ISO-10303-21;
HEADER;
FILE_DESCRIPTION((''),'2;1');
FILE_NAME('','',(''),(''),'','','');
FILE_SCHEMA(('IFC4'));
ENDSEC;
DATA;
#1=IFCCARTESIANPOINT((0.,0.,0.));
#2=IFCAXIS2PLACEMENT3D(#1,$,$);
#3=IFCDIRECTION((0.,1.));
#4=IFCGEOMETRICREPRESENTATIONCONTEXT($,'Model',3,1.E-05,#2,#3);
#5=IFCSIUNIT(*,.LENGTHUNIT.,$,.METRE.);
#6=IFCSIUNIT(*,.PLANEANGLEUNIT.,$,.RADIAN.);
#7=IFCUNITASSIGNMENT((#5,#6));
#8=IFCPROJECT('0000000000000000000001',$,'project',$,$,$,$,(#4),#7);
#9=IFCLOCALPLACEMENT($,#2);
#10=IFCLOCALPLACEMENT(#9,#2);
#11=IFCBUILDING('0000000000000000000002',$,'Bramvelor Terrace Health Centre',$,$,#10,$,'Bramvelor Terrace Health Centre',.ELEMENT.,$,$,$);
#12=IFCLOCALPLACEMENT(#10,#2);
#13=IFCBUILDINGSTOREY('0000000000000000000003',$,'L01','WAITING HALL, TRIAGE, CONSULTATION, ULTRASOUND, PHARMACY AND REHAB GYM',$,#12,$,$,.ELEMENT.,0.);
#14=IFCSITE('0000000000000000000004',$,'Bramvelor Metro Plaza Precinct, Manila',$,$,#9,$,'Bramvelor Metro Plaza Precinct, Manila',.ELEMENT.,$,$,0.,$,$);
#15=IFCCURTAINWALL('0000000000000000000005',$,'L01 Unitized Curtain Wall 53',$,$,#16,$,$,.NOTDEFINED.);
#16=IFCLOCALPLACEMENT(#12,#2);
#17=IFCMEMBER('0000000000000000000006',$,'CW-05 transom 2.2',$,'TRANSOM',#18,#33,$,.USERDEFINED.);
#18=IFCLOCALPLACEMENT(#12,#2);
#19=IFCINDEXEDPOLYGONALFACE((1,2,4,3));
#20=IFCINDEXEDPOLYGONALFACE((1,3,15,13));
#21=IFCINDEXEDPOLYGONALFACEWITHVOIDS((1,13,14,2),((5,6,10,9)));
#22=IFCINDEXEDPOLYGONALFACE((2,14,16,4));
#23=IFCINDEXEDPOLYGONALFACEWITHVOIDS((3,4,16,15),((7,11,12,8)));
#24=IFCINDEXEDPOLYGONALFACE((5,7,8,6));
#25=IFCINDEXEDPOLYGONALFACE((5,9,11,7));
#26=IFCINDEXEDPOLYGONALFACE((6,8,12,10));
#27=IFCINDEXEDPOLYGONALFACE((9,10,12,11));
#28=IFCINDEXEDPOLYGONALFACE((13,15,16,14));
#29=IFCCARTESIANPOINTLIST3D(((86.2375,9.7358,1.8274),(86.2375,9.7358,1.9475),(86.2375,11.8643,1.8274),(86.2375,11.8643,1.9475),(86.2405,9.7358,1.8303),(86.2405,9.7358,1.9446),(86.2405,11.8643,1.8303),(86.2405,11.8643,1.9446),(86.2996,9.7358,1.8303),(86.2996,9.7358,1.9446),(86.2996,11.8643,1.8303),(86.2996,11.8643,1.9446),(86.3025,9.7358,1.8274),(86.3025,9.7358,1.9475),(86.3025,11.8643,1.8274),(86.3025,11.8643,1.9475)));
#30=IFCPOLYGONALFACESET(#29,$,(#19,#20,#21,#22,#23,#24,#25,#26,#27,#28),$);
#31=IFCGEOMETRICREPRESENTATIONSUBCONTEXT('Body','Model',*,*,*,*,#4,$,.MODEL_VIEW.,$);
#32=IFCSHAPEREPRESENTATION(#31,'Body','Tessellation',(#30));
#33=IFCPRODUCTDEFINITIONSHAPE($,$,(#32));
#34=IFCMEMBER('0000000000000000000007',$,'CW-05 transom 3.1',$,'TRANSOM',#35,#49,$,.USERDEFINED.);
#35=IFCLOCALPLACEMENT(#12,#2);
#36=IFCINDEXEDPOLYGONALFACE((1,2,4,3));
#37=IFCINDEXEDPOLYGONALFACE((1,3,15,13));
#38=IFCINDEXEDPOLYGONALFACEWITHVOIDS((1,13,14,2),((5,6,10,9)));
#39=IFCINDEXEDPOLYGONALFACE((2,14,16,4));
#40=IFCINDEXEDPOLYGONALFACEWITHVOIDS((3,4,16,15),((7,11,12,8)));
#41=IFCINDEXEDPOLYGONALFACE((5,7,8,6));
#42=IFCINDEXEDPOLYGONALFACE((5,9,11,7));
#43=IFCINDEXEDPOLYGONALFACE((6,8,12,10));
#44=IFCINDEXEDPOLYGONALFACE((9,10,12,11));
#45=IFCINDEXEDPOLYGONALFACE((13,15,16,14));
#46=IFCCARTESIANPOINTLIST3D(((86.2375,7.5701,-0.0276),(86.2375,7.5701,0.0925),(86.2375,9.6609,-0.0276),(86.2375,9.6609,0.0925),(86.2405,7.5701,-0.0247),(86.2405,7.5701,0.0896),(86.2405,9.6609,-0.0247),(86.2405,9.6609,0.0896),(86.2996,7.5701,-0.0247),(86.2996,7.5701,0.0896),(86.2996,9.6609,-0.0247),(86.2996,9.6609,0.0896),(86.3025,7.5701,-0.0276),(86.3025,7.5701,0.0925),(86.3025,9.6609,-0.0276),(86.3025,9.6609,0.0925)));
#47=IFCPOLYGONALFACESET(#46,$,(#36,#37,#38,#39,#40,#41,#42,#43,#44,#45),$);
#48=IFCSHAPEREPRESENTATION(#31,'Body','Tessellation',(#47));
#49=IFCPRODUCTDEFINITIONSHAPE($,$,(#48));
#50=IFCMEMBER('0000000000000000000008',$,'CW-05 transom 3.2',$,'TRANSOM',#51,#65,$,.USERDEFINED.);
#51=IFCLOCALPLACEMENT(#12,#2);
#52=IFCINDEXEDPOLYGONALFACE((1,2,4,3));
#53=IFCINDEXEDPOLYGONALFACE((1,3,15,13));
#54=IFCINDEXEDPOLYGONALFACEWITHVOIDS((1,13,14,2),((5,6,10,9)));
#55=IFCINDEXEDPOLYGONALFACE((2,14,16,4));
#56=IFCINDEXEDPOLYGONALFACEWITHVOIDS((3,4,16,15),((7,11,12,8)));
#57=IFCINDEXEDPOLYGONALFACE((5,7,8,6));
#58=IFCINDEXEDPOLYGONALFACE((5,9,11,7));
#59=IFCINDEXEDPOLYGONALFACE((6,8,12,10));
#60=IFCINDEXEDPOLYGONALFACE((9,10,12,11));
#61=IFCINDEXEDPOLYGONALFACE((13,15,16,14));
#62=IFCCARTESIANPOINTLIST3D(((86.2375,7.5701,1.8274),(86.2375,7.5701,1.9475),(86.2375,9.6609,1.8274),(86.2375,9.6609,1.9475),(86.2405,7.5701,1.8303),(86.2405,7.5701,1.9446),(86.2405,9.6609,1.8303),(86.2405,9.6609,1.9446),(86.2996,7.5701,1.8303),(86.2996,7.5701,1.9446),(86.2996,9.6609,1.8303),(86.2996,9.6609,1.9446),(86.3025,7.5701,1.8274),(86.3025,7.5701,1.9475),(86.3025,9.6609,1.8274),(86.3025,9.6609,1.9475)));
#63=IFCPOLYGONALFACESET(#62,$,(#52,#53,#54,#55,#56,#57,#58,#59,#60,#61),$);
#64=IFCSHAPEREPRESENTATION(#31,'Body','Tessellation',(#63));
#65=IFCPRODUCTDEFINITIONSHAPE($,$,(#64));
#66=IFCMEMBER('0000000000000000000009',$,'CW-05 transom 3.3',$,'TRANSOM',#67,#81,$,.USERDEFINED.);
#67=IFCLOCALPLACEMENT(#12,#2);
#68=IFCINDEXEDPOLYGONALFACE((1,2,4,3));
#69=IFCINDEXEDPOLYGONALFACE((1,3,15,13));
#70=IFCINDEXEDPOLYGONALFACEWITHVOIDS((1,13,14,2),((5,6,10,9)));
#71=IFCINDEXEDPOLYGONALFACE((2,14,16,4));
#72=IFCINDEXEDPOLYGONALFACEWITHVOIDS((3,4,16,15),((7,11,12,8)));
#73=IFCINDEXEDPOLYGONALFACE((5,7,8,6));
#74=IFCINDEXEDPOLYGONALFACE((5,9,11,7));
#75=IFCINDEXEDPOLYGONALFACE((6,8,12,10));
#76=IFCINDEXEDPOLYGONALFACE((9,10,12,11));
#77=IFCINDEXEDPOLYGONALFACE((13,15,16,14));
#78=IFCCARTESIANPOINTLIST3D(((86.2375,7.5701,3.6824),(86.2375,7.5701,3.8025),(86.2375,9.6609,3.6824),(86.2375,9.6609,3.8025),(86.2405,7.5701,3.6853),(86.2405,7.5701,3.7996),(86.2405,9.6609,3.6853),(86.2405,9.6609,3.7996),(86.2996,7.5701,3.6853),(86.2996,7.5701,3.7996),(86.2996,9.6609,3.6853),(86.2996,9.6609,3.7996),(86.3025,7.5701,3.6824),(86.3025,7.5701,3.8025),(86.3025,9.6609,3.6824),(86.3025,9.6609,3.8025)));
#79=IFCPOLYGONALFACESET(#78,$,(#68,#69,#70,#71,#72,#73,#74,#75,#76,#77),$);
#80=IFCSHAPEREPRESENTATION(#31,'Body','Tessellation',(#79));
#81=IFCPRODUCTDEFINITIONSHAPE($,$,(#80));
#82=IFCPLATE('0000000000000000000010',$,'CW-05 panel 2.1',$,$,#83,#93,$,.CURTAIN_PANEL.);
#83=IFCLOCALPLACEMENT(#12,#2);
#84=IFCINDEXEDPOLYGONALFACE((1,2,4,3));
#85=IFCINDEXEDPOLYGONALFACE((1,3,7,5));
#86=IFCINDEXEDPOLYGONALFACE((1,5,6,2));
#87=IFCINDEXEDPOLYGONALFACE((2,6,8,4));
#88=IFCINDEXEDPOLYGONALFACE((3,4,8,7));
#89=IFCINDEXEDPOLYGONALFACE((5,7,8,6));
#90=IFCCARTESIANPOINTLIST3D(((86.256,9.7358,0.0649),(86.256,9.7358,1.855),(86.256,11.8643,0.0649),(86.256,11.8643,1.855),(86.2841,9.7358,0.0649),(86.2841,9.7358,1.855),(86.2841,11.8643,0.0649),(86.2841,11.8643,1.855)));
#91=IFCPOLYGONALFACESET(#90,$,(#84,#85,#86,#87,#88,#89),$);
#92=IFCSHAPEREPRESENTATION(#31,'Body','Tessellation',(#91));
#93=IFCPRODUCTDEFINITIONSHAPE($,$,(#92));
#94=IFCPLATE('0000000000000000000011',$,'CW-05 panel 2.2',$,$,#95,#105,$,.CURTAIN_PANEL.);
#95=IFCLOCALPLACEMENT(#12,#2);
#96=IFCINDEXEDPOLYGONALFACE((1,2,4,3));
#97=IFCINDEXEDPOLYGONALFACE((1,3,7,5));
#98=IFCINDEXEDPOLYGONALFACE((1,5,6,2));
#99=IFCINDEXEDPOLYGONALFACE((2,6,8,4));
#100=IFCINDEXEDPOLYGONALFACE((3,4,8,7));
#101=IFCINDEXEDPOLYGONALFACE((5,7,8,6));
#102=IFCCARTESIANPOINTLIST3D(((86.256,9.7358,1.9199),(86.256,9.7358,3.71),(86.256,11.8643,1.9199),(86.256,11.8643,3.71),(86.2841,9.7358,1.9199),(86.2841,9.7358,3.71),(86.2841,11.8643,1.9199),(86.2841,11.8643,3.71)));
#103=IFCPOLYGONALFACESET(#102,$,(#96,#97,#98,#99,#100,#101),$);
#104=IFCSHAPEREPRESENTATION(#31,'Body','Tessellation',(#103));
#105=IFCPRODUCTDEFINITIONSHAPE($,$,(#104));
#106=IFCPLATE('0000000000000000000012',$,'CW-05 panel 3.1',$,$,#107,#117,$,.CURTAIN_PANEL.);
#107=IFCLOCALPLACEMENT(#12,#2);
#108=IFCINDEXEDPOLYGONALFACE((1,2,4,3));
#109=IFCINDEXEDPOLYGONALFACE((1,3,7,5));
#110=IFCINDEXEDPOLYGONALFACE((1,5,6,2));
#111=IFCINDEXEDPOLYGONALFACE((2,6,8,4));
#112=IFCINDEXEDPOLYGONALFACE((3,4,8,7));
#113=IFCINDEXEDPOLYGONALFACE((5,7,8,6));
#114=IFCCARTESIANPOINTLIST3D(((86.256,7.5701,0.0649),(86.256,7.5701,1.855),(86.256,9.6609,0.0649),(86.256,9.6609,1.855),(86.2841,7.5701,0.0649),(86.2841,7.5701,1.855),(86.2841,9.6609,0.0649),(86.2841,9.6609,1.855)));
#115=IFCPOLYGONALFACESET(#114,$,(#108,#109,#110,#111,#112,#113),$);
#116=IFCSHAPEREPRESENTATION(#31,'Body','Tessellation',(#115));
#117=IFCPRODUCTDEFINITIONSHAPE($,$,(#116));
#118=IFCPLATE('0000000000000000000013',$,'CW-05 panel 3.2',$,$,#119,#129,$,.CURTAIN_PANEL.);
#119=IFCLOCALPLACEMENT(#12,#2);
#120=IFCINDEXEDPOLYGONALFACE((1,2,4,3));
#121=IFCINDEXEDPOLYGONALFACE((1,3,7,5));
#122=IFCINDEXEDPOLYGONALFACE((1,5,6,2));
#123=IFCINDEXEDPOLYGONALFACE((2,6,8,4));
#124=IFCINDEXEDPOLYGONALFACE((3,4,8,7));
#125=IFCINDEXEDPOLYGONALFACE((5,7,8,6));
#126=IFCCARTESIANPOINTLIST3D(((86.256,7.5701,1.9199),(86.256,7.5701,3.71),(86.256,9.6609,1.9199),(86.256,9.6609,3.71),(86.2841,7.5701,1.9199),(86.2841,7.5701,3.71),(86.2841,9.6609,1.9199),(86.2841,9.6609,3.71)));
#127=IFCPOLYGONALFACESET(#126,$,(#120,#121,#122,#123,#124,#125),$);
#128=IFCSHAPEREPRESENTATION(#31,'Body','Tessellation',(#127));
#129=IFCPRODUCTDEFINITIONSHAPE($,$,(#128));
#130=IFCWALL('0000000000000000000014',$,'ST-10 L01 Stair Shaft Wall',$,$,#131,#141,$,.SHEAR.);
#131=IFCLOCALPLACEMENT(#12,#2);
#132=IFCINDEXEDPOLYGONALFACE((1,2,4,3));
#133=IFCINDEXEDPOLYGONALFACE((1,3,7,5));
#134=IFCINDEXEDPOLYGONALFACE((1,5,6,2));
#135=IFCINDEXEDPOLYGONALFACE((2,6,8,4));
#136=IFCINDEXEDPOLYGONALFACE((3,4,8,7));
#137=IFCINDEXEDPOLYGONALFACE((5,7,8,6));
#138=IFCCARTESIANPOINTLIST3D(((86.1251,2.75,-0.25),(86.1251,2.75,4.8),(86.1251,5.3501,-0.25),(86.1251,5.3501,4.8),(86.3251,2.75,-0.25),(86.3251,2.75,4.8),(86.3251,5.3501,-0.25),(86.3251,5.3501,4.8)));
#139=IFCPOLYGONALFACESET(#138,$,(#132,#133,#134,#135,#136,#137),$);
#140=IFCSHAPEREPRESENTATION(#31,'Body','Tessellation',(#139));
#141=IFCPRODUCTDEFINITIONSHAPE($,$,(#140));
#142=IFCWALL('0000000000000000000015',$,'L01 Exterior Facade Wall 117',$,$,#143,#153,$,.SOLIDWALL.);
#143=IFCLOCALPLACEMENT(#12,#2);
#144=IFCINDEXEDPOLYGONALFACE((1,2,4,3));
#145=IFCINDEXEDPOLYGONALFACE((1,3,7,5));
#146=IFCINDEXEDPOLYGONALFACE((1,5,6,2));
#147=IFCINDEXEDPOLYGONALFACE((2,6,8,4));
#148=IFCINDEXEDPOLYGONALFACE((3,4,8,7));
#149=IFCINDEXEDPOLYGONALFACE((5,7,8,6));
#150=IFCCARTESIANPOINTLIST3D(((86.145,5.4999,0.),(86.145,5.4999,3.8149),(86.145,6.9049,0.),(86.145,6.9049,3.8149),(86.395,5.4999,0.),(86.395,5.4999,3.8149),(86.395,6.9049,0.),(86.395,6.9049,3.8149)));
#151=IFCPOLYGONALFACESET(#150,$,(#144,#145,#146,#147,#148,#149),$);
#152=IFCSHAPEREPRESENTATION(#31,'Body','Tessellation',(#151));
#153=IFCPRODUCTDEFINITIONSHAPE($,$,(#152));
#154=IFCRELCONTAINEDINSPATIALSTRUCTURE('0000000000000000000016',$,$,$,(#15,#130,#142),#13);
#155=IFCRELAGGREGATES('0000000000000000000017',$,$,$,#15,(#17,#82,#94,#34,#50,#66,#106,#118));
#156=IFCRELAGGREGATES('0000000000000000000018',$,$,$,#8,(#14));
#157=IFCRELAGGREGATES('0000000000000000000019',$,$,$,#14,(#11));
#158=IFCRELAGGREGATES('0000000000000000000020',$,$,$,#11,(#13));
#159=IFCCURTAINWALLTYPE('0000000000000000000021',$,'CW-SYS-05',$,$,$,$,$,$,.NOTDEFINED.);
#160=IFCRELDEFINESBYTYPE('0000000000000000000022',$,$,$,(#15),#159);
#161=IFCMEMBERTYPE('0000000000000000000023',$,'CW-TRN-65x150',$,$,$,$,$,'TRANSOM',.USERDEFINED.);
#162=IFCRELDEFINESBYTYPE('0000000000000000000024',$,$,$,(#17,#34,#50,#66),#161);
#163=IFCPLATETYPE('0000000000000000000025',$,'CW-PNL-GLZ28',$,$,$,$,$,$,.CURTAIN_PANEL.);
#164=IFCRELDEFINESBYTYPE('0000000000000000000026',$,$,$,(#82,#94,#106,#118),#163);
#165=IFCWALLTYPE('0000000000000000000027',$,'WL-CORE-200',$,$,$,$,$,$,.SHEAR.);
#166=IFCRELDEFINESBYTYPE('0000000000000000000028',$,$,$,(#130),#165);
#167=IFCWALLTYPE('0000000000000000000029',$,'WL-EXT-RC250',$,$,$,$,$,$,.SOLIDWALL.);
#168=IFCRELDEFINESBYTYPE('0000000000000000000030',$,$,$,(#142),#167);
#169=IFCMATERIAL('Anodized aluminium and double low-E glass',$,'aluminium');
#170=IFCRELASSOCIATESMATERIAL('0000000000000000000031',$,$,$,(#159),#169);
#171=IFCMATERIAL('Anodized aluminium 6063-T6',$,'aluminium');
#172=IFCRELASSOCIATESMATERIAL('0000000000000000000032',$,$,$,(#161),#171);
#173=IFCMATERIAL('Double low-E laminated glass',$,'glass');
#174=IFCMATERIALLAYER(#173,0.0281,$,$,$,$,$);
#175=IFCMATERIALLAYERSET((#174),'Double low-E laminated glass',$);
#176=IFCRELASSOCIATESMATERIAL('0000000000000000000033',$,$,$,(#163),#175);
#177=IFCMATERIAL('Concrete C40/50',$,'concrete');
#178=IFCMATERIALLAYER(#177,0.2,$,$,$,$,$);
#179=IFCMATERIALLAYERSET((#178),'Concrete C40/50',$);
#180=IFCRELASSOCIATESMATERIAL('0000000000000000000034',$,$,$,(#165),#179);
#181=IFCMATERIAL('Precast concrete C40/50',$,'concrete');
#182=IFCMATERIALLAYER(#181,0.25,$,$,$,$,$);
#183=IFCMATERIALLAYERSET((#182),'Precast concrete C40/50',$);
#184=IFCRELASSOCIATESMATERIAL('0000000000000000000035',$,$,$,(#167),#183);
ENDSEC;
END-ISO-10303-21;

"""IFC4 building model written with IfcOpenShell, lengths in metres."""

from ifc_helpers import new_model, si_unit, direction, frame, frame_2d, origin, origin_2d, place, context, subcontext, project, spatial, rectangle, hollow_rectangle, extrude, material, layer, layer_set, material_profile, profile_set, type_object, element, aggregate, save


model = new_model("IFC4")

# Units and contexts
model_context = context("Model", 3, precision=1e-05, world=origin(), true_north=direction((0.0, 1.0)))
body_context = subcontext(model_context, "Body", "Model", "MODEL_VIEW")
ifc_project = project(units=[si_unit("LENGTHUNIT", "METRE"), si_unit("PLANEANGLEUNIT", "RADIAN")], contexts=[model_context])

# Site, building, storey
site_placement = place(None, origin())
site = spatial("IfcSite", under=ifc_project, at=site_placement, Name="Bramvelor Metro Plaza Precinct, Manila", LongName="Bramvelor Metro Plaza Precinct, Manila", CompositionType="ELEMENT", RefElevation=0.0)
building_placement = place(site_placement, origin())
building = spatial("IfcBuilding", under=site, at=building_placement, Name="Bramvelor Terrace Health Centre", LongName="Bramvelor Terrace Health Centre", CompositionType="ELEMENT")
storey_placement = place(building_placement, origin())
storey = spatial("IfcBuildingStorey", under=building, at=storey_placement, Name="L01", Description="WAITING HALL, TRIAGE, CONSULTATION, ULTRASOUND, PHARMACY AND REHAB GYM", CompositionType="ELEMENT", Elevation=0.0)

# Curtain wall, members, plates
ifc_material_1 = material(Name="Anodized aluminium and double low-E glass", Category="aluminium")
curtain_wall_type = type_object("IfcCurtainWallType", Name="CW-SYS-05", PredefinedType="NOTDEFINED", material=ifc_material_1)
curtain_wall_placement = place(storey_placement, origin())
curtain_wall = element("IfcCurtainWall", 1, at=curtain_wall_placement, inside=storey, type_object=curtain_wall_type, Name="L01 Unitized Curtain Wall 53", PredefinedType="NOTDEFINED")
ifc_material_2 = material(Name="Anodized aluminium 6063-T6", Category="aluminium")
ifc_material_profile_1 = material_profile(ifc_material_2, hollow_rectangle(XDim=0.0649, YDim=0.1201, WallThickness=0.0029, at=origin_2d()), Name="ALU-TRN 65x120x3.0")
ifc_profile_set_1 = profile_set([ifc_material_profile_1], Name="Anodized aluminium 6063-T6")
member_type_1 = type_object("IfcMemberType", Name="CW-TRN-65x150", ElementType="TRANSOM", PredefinedType="USERDEFINED", material=ifc_profile_set_1)
member_1_placement = place(storey_placement, frame((86.27, 11.8643, 1.8875), z_axis=(0.0, -1.0, 0.0), x_axis=(1.0, 0.0, 0.0)))
member_1 = element("IfcMember", 2, at=member_1_placement, type_object=member_type_1, Name="CW-05 transom 2.2", ObjectType="TRANSOM", PredefinedType="USERDEFINED", context=body_context, shape_type="SweptSolid", body=[
    extrude(hollow_rectangle(XDim=0.0649, YDim=0.1201, WallThickness=0.0029, at=origin_2d()), origin(), (0.0, 0.0, 1.0), 2.1284),
])
member_2_placement = place(storey_placement, frame((86.27, 9.6609, 0.0325), z_axis=(0.0, -1.0, 0.0), x_axis=(1.0, 0.0, 0.0)))
member_2 = element("IfcMember", 3, at=member_2_placement, type_object=member_type_1, Name="CW-05 transom 3.1", ObjectType="TRANSOM", PredefinedType="USERDEFINED", context=body_context, shape_type="SweptSolid", body=[
    extrude(hollow_rectangle(XDim=0.0649, YDim=0.1201, WallThickness=0.0029, at=origin_2d()), origin(), (0.0, 0.0, 1.0), 2.0908),
])
member_3_placement = place(storey_placement, frame((86.27, 9.6609, 1.8875), z_axis=(0.0, -1.0, 0.0), x_axis=(1.0, 0.0, 0.0)))
member_3 = element("IfcMember", 4, at=member_3_placement, type_object=member_type_1, Name="CW-05 transom 3.2", ObjectType="TRANSOM", PredefinedType="USERDEFINED", context=body_context, shape_type="SweptSolid", body=[
    extrude(hollow_rectangle(XDim=0.0649, YDim=0.1201, WallThickness=0.0029, at=origin_2d()), origin(), (0.0, 0.0, 1.0), 2.0908),
])
member_4_placement = place(storey_placement, frame((86.27, 9.6609, 3.7424), z_axis=(0.0, -1.0, 0.0), x_axis=(1.0, 0.0, 0.0)))
member_4 = element("IfcMember", 5, at=member_4_placement, type_object=member_type_1, Name="CW-05 transom 3.3", ObjectType="TRANSOM", PredefinedType="USERDEFINED", context=body_context, shape_type="SweptSolid", body=[
    extrude(hollow_rectangle(XDim=0.0649, YDim=0.1201, WallThickness=0.0029, at=origin_2d()), origin(), (0.0, 0.0, 1.0), 2.0908),
])
ifc_material_3 = material(Name="Double low-E laminated glass", Category="glass")
ifc_layer_1 = layer(ifc_material_3, 0.0281)
ifc_layer_set_1 = layer_set([ifc_layer_1], Name="Double low-E laminated glass")
plate_type = type_object("IfcPlateType", Name="CW-PNL-GLZ28", PredefinedType="CURTAIN_PANEL", material=ifc_layer_set_1)
plate_1_placement = place(storey_placement, frame((86.27, 10.8, 0.0649), z_axis=(0.0, 0.0, 1.0), x_axis=(0.0, -1.0, 0.0)))
plate_1 = element("IfcPlate", 6, at=plate_1_placement, type_object=plate_type, Name="CW-05 panel 2.1", PredefinedType="CURTAIN_PANEL", context=body_context, shape_type="SweptSolid", body=[
    extrude(rectangle(XDim=2.1284, YDim=0.0281, at=origin_2d()), origin(), (0.0, 0.0, 1.0), 1.79),
])
plate_2_placement = place(storey_placement, frame((86.27, 10.8, 1.9199), z_axis=(0.0, 0.0, 1.0), x_axis=(0.0, -1.0, 0.0)))
plate_2 = element("IfcPlate", 7, at=plate_2_placement, type_object=plate_type, Name="CW-05 panel 2.2", PredefinedType="CURTAIN_PANEL", context=body_context, shape_type="SweptSolid", body=[
    extrude(rectangle(XDim=2.1284, YDim=0.0281, at=origin_2d()), origin(), (0.0, 0.0, 1.0), 1.79),
])
plate_3_placement = place(storey_placement, frame((86.27, 8.6155, 0.0649), z_axis=(0.0, 0.0, 1.0), x_axis=(0.0, -1.0, 0.0)))
plate_3 = element("IfcPlate", 8, at=plate_3_placement, type_object=plate_type, Name="CW-05 panel 3.1", PredefinedType="CURTAIN_PANEL", context=body_context, shape_type="SweptSolid", body=[
    extrude(rectangle(XDim=2.0908, YDim=0.0281, at=origin_2d()), origin(), (0.0, 0.0, 1.0), 1.79),
])
plate_4_placement = place(storey_placement, frame((86.27, 8.6155, 1.9199), z_axis=(0.0, 0.0, 1.0), x_axis=(0.0, -1.0, 0.0)))
plate_4 = element("IfcPlate", 9, at=plate_4_placement, type_object=plate_type, Name="CW-05 panel 3.2", PredefinedType="CURTAIN_PANEL", context=body_context, shape_type="SweptSolid", body=[
    extrude(rectangle(XDim=2.0908, YDim=0.0281, at=origin_2d()), origin(), (0.0, 0.0, 1.0), 1.79),
])
aggregate(curtain_wall, [member_1, plate_1, plate_2, member_2, member_3, member_4, plate_3, plate_4])

# Walls
ifc_material_4 = material(Name="Concrete C40/50", Category="concrete")
ifc_layer_2 = layer(ifc_material_4, 0.2)
ifc_layer_set_2 = layer_set([ifc_layer_2], Name="Concrete C40/50")
wall_type_1 = type_object("IfcWallType", Name="WL-CORE-200", PredefinedType="SHEAR", material=ifc_layer_set_2)
wall_1_placement = place(storey_placement, frame((86.2251, 2.75, -0.25), z_axis=(0.0, 0.0, 1.0), x_axis=(0.0, 1.0, 0.0)))
element("IfcWall", 10, at=wall_1_placement, inside=storey, type_object=wall_type_1, Name="ST-10 L01 Stair Shaft Wall", PredefinedType="SHEAR", context=body_context, shape_type="SweptSolid", body=[
    extrude(rectangle(XDim=2.6001, YDim=0.2, at=frame_2d((1.3, 0.0))), origin(), (0.0, 0.0, 1.0), 5.05),
])
ifc_material_5 = material(Name="Precast concrete C40/50", Category="concrete")
ifc_layer_3 = layer(ifc_material_5, 0.25)
ifc_layer_set_3 = layer_set([ifc_layer_3], Name="Precast concrete C40/50")
wall_type_2 = type_object("IfcWallType", Name="WL-EXT-RC250", PredefinedType="SOLIDWALL", material=ifc_layer_set_3)
wall_2_placement = place(storey_placement, frame((86.27, 6.905, 0.0), z_axis=(0.0, 0.0, 1.0), x_axis=(0.0, -1.0, 0.0)))
element("IfcWall", 11, at=wall_2_placement, inside=storey, type_object=wall_type_2, Name="L01 Exterior Facade Wall 117", PredefinedType="SOLIDWALL", context=body_context, shape_type="SweptSolid", body=[
    extrude(rectangle(XDim=1.405, YDim=0.25, at=frame_2d((0.7026, 0.0))), origin(), (0.0, 0.0, 1.0), 3.8149),
])

save(model, "model.ifc")
